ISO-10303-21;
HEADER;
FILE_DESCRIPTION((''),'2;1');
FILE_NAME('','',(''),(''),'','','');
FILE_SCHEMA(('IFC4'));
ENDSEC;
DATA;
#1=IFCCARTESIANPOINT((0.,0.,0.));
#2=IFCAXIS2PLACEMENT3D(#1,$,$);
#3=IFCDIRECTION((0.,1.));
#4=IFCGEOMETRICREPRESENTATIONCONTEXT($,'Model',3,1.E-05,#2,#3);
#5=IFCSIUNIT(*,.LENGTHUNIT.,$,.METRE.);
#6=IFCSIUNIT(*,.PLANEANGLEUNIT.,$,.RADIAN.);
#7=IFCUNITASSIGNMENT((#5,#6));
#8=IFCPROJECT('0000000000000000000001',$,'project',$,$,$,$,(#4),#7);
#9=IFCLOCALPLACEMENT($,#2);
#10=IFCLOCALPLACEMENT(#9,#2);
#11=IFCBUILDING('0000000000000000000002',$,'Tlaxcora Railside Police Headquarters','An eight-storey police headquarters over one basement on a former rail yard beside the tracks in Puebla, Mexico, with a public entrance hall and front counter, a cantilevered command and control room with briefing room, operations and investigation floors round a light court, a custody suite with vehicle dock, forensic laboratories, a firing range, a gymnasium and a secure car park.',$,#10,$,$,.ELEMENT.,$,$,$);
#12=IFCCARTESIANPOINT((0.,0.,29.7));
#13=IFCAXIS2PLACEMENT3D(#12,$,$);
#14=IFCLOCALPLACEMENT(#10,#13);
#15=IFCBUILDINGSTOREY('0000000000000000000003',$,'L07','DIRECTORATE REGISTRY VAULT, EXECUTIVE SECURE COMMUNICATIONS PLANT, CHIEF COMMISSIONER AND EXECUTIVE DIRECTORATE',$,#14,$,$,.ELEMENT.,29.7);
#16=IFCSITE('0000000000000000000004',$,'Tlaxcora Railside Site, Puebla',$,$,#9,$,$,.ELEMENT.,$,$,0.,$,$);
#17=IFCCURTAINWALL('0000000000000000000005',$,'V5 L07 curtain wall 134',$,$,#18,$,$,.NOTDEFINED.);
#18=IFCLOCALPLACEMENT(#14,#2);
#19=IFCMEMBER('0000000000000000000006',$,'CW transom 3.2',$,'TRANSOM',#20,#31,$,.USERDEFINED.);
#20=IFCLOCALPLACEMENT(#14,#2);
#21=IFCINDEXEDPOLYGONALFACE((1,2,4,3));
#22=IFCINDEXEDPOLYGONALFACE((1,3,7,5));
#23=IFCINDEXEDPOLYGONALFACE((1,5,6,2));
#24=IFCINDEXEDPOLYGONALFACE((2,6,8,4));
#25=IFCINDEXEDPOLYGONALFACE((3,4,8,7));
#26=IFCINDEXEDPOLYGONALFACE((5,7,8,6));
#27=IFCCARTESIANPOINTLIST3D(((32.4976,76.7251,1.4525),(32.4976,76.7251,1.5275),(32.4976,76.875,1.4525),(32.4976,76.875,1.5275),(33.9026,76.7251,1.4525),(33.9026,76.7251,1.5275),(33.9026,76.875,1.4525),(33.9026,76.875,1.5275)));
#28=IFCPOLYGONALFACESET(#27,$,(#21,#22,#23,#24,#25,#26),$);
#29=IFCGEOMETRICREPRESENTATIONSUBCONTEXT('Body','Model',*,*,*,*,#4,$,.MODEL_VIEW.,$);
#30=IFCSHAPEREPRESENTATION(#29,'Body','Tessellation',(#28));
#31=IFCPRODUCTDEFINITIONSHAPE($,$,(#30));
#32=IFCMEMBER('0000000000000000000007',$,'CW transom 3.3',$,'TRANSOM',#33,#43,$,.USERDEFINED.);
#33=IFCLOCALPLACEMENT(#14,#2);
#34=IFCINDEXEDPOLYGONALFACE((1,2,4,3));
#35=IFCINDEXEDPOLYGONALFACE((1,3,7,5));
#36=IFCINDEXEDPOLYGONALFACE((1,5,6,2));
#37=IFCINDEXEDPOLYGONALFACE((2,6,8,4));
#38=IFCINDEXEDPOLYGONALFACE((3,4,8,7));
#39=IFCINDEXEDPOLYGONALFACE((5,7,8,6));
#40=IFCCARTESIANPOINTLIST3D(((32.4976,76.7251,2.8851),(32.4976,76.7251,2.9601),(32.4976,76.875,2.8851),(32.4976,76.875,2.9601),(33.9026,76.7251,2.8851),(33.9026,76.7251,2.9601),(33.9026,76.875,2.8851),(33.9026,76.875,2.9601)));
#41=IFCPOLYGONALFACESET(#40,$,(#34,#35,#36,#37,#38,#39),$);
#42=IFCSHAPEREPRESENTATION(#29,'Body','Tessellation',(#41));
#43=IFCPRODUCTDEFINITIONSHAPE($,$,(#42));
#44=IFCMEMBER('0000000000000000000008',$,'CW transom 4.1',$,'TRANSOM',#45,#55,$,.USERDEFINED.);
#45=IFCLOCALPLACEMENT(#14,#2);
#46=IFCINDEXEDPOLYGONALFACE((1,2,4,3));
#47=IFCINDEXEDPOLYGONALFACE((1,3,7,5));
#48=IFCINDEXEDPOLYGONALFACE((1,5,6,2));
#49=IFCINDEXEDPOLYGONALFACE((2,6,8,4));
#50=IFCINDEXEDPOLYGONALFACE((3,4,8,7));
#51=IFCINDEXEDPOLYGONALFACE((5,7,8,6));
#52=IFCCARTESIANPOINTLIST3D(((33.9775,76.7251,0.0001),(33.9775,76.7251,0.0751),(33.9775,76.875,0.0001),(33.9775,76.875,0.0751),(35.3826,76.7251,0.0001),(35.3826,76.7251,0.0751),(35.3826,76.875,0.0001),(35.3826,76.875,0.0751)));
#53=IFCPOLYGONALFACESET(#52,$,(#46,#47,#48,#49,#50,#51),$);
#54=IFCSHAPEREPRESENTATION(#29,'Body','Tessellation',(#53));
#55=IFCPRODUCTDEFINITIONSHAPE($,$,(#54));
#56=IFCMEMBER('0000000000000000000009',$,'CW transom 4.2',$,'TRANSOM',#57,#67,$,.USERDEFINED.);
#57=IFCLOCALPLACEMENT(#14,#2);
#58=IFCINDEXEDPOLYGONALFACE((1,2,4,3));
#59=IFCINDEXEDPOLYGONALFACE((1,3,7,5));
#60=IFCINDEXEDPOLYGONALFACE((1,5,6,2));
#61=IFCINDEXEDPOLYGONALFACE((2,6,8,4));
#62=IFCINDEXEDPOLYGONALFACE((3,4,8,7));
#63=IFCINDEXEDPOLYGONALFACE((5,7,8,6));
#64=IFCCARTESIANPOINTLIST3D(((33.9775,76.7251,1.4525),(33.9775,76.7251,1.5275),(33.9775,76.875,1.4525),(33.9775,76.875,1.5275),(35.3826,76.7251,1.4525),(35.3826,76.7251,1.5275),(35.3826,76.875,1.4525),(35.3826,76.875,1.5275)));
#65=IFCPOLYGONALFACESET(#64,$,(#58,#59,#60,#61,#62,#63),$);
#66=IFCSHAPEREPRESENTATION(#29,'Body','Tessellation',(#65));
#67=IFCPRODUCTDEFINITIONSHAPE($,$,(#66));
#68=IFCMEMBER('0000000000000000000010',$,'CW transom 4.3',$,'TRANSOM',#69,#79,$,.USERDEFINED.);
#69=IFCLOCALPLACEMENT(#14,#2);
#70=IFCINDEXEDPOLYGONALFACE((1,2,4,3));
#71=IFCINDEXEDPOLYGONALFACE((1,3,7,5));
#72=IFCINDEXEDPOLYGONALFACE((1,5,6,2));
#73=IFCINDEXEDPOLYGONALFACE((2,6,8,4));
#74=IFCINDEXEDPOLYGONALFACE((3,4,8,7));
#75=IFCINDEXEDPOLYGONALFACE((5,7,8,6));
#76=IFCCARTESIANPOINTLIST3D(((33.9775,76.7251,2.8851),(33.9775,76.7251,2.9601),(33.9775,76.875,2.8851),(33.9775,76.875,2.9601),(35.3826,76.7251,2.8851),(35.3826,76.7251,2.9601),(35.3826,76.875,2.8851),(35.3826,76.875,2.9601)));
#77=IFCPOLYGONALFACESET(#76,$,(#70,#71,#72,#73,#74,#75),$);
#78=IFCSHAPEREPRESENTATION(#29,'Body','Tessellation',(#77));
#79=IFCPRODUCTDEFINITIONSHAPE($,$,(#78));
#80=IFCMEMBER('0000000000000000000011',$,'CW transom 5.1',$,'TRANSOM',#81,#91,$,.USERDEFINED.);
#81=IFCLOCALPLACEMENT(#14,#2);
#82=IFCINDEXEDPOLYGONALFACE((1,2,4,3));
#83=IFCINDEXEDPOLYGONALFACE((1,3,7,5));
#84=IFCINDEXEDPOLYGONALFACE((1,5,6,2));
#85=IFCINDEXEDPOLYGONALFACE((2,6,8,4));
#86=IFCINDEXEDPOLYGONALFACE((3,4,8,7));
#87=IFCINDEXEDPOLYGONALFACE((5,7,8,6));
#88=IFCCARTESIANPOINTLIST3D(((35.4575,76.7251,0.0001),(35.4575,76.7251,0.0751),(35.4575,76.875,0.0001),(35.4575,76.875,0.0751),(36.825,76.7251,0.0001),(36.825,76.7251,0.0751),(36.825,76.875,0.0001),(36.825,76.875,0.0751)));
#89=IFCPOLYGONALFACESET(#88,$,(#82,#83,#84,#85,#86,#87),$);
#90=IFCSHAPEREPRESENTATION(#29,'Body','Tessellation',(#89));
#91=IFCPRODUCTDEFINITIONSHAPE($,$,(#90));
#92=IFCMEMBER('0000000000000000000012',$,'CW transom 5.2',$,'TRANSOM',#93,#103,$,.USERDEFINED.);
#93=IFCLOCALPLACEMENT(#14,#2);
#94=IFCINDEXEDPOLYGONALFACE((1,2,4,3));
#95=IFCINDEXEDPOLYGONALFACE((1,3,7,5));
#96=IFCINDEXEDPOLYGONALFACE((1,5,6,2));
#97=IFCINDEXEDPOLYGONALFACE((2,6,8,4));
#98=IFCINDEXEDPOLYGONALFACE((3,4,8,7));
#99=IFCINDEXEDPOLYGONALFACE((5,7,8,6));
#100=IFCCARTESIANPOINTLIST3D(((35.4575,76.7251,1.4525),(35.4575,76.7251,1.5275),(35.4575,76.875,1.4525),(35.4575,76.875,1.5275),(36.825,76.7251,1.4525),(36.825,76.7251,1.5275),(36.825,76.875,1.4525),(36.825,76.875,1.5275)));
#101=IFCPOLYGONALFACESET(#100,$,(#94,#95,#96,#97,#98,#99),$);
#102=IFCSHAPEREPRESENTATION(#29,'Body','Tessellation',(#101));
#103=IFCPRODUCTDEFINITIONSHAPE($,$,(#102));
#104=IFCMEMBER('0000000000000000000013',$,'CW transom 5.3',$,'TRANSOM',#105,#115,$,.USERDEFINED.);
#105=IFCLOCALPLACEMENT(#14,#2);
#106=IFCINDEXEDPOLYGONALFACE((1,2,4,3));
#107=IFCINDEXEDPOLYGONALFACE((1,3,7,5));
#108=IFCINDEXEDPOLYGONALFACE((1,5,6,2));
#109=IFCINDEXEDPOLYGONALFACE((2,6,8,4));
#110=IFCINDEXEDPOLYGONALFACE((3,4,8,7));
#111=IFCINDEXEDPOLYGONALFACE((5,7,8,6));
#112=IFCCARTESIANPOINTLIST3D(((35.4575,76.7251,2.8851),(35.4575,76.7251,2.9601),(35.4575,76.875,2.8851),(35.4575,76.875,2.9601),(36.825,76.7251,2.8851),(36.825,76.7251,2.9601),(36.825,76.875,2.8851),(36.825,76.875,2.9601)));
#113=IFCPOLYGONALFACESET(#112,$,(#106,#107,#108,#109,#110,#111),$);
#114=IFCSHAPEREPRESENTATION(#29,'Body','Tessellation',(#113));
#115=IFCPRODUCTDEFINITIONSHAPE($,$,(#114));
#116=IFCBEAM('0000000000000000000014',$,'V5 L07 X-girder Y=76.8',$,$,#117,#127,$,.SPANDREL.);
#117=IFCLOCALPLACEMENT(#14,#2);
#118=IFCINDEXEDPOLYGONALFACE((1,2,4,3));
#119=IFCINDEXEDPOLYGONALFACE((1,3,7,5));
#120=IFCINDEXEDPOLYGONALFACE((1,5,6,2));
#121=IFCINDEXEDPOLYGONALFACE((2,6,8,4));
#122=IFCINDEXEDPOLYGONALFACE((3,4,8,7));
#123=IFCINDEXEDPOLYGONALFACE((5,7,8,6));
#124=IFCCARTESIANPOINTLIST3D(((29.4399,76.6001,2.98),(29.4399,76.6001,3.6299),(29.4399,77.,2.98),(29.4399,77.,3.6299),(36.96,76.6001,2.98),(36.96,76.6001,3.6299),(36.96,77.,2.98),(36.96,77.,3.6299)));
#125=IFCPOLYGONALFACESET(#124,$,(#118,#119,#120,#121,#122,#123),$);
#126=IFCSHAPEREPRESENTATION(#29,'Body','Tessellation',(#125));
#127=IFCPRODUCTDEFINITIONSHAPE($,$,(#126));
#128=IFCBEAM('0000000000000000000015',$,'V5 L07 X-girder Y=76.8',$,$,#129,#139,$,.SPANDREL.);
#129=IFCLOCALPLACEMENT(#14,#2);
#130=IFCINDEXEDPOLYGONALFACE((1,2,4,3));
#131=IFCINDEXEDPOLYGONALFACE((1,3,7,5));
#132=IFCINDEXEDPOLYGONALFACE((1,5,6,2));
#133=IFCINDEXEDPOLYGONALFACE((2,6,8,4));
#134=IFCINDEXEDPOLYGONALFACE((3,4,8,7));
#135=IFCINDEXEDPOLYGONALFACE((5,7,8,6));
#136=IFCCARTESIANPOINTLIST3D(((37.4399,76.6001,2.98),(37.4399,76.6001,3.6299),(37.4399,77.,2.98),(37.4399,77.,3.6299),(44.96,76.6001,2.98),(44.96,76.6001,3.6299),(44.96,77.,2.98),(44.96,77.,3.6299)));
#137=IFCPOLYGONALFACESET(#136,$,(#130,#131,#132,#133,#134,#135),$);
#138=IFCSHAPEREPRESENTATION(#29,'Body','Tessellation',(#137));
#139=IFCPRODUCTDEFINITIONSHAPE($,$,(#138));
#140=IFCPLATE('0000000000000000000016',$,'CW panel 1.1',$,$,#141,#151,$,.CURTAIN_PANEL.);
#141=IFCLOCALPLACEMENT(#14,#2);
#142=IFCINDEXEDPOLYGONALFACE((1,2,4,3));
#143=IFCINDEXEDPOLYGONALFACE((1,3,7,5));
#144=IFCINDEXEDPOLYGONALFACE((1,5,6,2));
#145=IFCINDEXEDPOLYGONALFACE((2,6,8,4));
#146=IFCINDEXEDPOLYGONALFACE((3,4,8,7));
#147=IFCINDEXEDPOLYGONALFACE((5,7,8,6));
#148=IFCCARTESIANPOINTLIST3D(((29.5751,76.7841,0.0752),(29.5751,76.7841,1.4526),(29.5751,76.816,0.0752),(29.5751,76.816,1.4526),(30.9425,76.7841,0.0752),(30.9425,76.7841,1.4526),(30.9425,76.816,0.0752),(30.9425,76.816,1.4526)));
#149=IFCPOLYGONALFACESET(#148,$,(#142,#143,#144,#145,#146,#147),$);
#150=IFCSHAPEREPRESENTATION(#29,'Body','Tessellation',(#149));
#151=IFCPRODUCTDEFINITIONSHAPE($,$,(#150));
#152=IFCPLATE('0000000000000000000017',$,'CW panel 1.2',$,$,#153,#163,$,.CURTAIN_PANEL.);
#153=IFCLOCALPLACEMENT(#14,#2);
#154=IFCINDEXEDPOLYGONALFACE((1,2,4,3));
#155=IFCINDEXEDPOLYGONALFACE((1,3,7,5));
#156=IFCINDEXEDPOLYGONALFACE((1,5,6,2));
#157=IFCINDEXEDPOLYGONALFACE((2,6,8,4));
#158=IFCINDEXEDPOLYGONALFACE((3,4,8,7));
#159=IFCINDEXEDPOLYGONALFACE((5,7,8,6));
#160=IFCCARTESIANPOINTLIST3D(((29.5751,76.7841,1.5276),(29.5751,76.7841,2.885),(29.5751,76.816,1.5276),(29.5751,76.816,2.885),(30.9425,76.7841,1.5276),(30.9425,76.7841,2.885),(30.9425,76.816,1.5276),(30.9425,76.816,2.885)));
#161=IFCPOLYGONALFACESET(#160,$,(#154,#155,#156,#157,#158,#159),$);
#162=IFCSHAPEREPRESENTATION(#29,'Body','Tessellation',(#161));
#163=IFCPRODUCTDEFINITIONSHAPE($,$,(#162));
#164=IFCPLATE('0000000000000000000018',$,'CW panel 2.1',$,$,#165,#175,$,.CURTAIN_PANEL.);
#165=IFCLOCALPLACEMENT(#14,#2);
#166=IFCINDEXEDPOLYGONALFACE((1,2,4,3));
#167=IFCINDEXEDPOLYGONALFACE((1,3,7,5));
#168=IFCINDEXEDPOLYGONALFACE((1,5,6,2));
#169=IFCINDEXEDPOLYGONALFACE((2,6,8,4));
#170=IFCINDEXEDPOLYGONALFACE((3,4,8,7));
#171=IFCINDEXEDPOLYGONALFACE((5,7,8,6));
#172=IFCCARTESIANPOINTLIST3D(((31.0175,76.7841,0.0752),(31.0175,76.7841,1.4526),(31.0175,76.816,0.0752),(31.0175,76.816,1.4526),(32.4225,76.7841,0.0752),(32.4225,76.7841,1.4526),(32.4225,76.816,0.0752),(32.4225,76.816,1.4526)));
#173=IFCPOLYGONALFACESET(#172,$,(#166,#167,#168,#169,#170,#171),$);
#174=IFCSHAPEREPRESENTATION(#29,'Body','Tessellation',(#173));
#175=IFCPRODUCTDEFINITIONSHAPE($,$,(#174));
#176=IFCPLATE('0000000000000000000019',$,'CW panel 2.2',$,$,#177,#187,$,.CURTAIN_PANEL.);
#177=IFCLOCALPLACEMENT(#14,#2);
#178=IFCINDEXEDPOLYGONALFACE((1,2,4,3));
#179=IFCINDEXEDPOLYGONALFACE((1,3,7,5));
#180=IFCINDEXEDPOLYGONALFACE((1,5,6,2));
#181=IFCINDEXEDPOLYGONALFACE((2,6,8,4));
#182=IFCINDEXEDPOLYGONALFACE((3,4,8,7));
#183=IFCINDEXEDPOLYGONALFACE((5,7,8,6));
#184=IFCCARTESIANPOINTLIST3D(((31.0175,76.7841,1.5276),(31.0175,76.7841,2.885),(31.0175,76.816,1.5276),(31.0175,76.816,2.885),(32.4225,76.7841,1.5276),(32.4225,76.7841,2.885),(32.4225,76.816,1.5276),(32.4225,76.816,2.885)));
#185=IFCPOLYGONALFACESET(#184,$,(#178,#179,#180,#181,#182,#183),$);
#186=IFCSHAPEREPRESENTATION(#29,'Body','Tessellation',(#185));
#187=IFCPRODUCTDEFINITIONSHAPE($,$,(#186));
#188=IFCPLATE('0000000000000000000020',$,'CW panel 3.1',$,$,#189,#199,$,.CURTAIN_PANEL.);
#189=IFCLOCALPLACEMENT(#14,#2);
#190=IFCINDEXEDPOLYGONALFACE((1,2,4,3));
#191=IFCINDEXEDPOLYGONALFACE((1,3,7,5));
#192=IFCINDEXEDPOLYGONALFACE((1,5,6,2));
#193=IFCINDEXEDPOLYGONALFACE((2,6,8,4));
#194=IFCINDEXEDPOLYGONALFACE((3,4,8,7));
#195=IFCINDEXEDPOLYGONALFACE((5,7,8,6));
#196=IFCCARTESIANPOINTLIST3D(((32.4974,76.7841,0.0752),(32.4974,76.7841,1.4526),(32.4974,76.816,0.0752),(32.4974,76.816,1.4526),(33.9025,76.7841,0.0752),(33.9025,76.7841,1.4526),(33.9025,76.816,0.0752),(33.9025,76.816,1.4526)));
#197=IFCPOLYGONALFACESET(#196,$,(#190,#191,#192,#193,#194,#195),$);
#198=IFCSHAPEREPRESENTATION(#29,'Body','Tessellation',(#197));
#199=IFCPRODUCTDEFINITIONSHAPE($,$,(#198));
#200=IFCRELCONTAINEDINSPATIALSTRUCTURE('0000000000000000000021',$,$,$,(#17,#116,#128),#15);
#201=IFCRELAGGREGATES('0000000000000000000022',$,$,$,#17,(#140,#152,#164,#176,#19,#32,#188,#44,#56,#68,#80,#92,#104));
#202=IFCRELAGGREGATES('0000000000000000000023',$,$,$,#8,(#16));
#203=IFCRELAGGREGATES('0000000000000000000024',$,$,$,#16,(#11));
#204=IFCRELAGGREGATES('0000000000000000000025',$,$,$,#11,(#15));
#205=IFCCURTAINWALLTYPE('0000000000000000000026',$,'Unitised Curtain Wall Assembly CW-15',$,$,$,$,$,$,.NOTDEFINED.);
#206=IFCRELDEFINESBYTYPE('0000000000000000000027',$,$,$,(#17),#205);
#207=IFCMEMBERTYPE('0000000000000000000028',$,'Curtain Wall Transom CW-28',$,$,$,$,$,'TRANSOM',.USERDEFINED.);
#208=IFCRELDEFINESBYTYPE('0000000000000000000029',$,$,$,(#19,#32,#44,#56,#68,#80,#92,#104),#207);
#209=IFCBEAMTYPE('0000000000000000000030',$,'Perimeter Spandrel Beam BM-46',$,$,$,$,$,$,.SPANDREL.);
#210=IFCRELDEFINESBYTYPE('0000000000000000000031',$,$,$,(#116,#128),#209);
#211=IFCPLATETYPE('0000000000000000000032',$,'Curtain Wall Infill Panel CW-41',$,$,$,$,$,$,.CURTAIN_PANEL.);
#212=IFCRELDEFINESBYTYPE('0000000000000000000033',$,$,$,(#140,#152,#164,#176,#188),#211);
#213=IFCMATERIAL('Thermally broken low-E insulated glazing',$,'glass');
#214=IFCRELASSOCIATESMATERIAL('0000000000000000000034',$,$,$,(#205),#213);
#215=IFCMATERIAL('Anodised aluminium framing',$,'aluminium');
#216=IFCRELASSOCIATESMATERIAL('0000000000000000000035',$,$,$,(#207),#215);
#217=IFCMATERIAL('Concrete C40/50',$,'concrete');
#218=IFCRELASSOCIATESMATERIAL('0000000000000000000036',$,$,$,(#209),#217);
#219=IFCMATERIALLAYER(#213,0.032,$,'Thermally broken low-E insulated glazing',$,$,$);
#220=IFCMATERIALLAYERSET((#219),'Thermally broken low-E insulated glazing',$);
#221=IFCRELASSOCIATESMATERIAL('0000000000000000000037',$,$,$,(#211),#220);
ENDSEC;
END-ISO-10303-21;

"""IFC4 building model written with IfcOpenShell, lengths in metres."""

from ifc_helpers import new_model, si_unit, direction, frame, origin, origin_2d, place, context, subcontext, project, spatial, rectangle, extrude, material, layer, layer_set, material_profile, profile_set, type_object, element, aggregate, save


model = new_model("IFC4")

# Units and contexts
model_context = context("Model", 3, precision=1e-05, world=origin(), true_north=direction((0.0, 1.0)))
body_context = subcontext(model_context, "Body", "Model", "MODEL_VIEW")
ifc_project = project(units=[si_unit("LENGTHUNIT", "METRE"), si_unit("PLANEANGLEUNIT", "RADIAN")], contexts=[model_context])

# Site, building, storey
site_placement = place(None, origin())
site = spatial("IfcSite", under=ifc_project, at=site_placement, Name="Tlaxcora Railside Site, Puebla", CompositionType="ELEMENT", RefElevation=0.0)
building_placement = place(site_placement, origin())
building = spatial("IfcBuilding", under=site, at=building_placement, Name="Tlaxcora Railside Police Headquarters", Description="An eight-storey police headquarters over one basement on a former rail yard beside the tracks in Puebla, Mexico, with a public entrance hall and front counter, a cantilevered command and control room with briefing room, operations and investigation floors round a light court, a custody suite with vehicle dock, forensic laboratories, a firing range, a gymnasium and a secure car park.", CompositionType="ELEMENT")
storey_placement = place(building_placement, frame((0.0, 0.0, 29.7)))
storey = spatial("IfcBuildingStorey", under=building, at=storey_placement, Name="L07", Description="DIRECTORATE REGISTRY VAULT, EXECUTIVE SECURE COMMUNICATIONS PLANT, CHIEF COMMISSIONER AND EXECUTIVE DIRECTORATE", CompositionType="ELEMENT", Elevation=29.7)

# Shared definitions
ifc_material_1 = material(Name="Concrete C40/50", Category="concrete")

# Curtain wall, members
ifc_material_2 = material(Name="Thermally broken low-E insulated glazing", Category="glass")
curtain_wall_type = type_object("IfcCurtainWallType", Name="Unitised Curtain Wall Assembly CW-15", PredefinedType="NOTDEFINED", material=ifc_material_2)
curtain_wall_placement = place(storey_placement, origin())
curtain_wall = element("IfcCurtainWall", 1, at=curtain_wall_placement, inside=storey, type_object=curtain_wall_type, Name="V5 L07 curtain wall 134", PredefinedType="NOTDEFINED")
ifc_material_3 = material(Name="Anodised aluminium framing", Category="aluminium")
ifc_material_profile_1 = material_profile(ifc_material_3, rectangle(XDim=0.1499, YDim=0.075, at=origin_2d()), Name="AL75X150")
ifc_profile_set_1 = profile_set([ifc_material_profile_1], Name="Anodised aluminium framing")
member_type_1 = type_object("IfcMemberType", Name="Curtain Wall Transom CW-28", ElementType="TRANSOM", PredefinedType="USERDEFINED", material=ifc_profile_set_1)
member_1_placement = place(storey_placement, frame((32.4976, 76.8, 1.49), z_axis=(1.0, 0.0, 0.0), x_axis=(0.0, 1.0, 0.0)))
member_1 = element("IfcMember", 2, at=member_1_placement, type_object=member_type_1, Name="CW transom 3.2", ObjectType="TRANSOM", PredefinedType="USERDEFINED", context=body_context, shape_type="SweptSolid", body=[
    extrude(rectangle(XDim=0.1499, YDim=0.075, at=origin_2d()), origin(), (0.0, 0.0, 1.0), 1.405),
])
member_2_placement = place(storey_placement, frame((32.4976, 76.8, 2.9226), z_axis=(1.0, 0.0, 0.0), x_axis=(0.0, 1.0, 0.0)))
member_2 = element("IfcMember", 3, at=member_2_placement, type_object=member_type_1, Name="CW transom 3.3", ObjectType="TRANSOM", PredefinedType="USERDEFINED", context=body_context, shape_type="SweptSolid", body=[
    extrude(rectangle(XDim=0.1499, YDim=0.075, at=origin_2d()), origin(), (0.0, 0.0, 1.0), 1.405),
])
member_3_placement = place(storey_placement, frame((33.9775, 76.8, 0.0376), z_axis=(1.0, 0.0, 0.0), x_axis=(0.0, 1.0, 0.0)))
member_3 = element("IfcMember", 4, at=member_3_placement, type_object=member_type_1, Name="CW transom 4.1", ObjectType="TRANSOM", PredefinedType="USERDEFINED", context=body_context, shape_type="SweptSolid", body=[
    extrude(rectangle(XDim=0.1499, YDim=0.075, at=origin_2d()), origin(), (0.0, 0.0, 1.0), 1.405),
])
member_4_placement = place(storey_placement, frame((33.9775, 76.8, 1.49), z_axis=(1.0, 0.0, 0.0), x_axis=(0.0, 1.0, 0.0)))
member_4 = element("IfcMember", 5, at=member_4_placement, type_object=member_type_1, Name="CW transom 4.2", ObjectType="TRANSOM", PredefinedType="USERDEFINED", context=body_context, shape_type="SweptSolid", body=[
    extrude(rectangle(XDim=0.1499, YDim=0.075, at=origin_2d()), origin(), (0.0, 0.0, 1.0), 1.405),
])
member_5_placement = place(storey_placement, frame((33.9775, 76.8, 2.9226), z_axis=(1.0, 0.0, 0.0), x_axis=(0.0, 1.0, 0.0)))
member_5 = element("IfcMember", 6, at=member_5_placement, type_object=member_type_1, Name="CW transom 4.3", ObjectType="TRANSOM", PredefinedType="USERDEFINED", context=body_context, shape_type="SweptSolid", body=[
    extrude(rectangle(XDim=0.1499, YDim=0.075, at=origin_2d()), origin(), (0.0, 0.0, 1.0), 1.405),
])
member_6_placement = place(storey_placement, frame((35.4575, 76.8, 0.0376), z_axis=(1.0, 0.0, 0.0), x_axis=(0.0, 1.0, 0.0)))
member_6 = element("IfcMember", 7, at=member_6_placement, type_object=member_type_1, Name="CW transom 5.1", ObjectType="TRANSOM", PredefinedType="USERDEFINED", context=body_context, shape_type="SweptSolid", body=[
    extrude(rectangle(XDim=0.1499, YDim=0.075, at=origin_2d()), origin(), (0.0, 0.0, 1.0), 1.3674),
])
member_7_placement = place(storey_placement, frame((35.4575, 76.8, 1.49), z_axis=(1.0, 0.0, 0.0), x_axis=(0.0, 1.0, 0.0)))
member_7 = element("IfcMember", 8, at=member_7_placement, type_object=member_type_1, Name="CW transom 5.2", ObjectType="TRANSOM", PredefinedType="USERDEFINED", context=body_context, shape_type="SweptSolid", body=[
    extrude(rectangle(XDim=0.1499, YDim=0.075, at=origin_2d()), origin(), (0.0, 0.0, 1.0), 1.3674),
])
member_8_placement = place(storey_placement, frame((35.4575, 76.8, 2.9226), z_axis=(1.0, 0.0, 0.0), x_axis=(0.0, 1.0, 0.0)))
member_8 = element("IfcMember", 9, at=member_8_placement, type_object=member_type_1, Name="CW transom 5.3", ObjectType="TRANSOM", PredefinedType="USERDEFINED", context=body_context, shape_type="SweptSolid", body=[
    extrude(rectangle(XDim=0.1499, YDim=0.075, at=origin_2d()), origin(), (0.0, 0.0, 1.0), 1.3674),
])

# Beams
ifc_material_profile_2 = material_profile(ifc_material_1, rectangle(XDim=0.3999, YDim=0.6499, at=origin_2d()), Name="RC400X650")
ifc_profile_set_2 = profile_set([ifc_material_profile_2], Name="Concrete C40/50")
beam_type = type_object("IfcBeamType", Name="Perimeter Spandrel Beam BM-46", PredefinedType="SPANDREL", material=ifc_profile_set_2)
for number, where, z_axis, x_axis, name in (
    (10, (29.4399, 76.8, 3.3049), (1.0, 0.0, 0.0), (0.0, 1.0, 0.0), "V5 L07 X-girder Y=76.8"),
    (11, (37.4399, 76.8, 3.3049), (1.0, 0.0, 0.0), (0.0, 1.0, 0.0), "V5 L07 X-girder Y=76.8"),
):
    element("IfcBeam", number, at=place(storey_placement, frame(where, z_axis=z_axis, x_axis=x_axis)), inside=storey, type_object=beam_type, Name=name, PredefinedType="SPANDREL", context=body_context, shape_type="SweptSolid", body=[
        extrude(rectangle(XDim=0.3999, YDim=0.6499, at=origin_2d()), origin(), (0.0, 0.0, 1.0), 7.52),
    ])

# Plates
ifc_layer = layer(ifc_material_2, 0.032, Name="Thermally broken low-E insulated glazing")
ifc_layer_set = layer_set([ifc_layer], Name="Thermally broken low-E insulated glazing")
plate_type = type_object("IfcPlateType", Name="Curtain Wall Infill Panel CW-41", PredefinedType="CURTAIN_PANEL", material=ifc_layer_set)
plate_1_placement = place(storey_placement, frame((30.2588, 76.8, 0.0752), z_axis=(0.0, 0.0, 1.0), x_axis=(1.0, 0.0, 0.0)))
plate_1 = element("IfcPlate", 12, at=plate_1_placement, type_object=plate_type, Name="CW panel 1.1", PredefinedType="CURTAIN_PANEL", context=body_context, shape_type="SweptSolid", body=[
    extrude(rectangle(XDim=1.3674, YDim=0.032, at=origin_2d()), origin(), (0.0, 0.0, 1.0), 1.3774),
])
plate_2_placement = place(storey_placement, frame((30.2588, 76.8, 1.5276), z_axis=(0.0, 0.0, 1.0), x_axis=(1.0, 0.0, 0.0)))
plate_2 = element("IfcPlate", 13, at=plate_2_placement, type_object=plate_type, Name="CW panel 1.2", PredefinedType="CURTAIN_PANEL", context=body_context, shape_type="SweptSolid", body=[
    extrude(rectangle(XDim=1.3674, YDim=0.032, at=origin_2d()), origin(), (0.0, 0.0, 1.0), 1.3574),
])
plate_3_placement = place(storey_placement, frame((31.72, 76.8, 0.0752), z_axis=(0.0, 0.0, 1.0), x_axis=(1.0, 0.0, 0.0)))
plate_3 = element("IfcPlate", 14, at=plate_3_placement, type_object=plate_type, Name="CW panel 2.1", PredefinedType="CURTAIN_PANEL", context=body_context, shape_type="SweptSolid", body=[
    extrude(rectangle(XDim=1.405, YDim=0.032, at=origin_2d()), origin(), (0.0, 0.0, 1.0), 1.3774),
])
plate_4_placement = place(storey_placement, frame((31.72, 76.8, 1.5276), z_axis=(0.0, 0.0, 1.0), x_axis=(1.0, 0.0, 0.0)))
plate_4 = element("IfcPlate", 15, at=plate_4_placement, type_object=plate_type, Name="CW panel 2.2", PredefinedType="CURTAIN_PANEL", context=body_context, shape_type="SweptSolid", body=[
    extrude(rectangle(XDim=1.405, YDim=0.032, at=origin_2d()), origin(), (0.0, 0.0, 1.0), 1.3574),
])
plate_5_placement = place(storey_placement, frame((33.2, 76.8, 0.0752), z_axis=(0.0, 0.0, 1.0), x_axis=(1.0, 0.0, 0.0)))
plate_5 = element("IfcPlate", 16, at=plate_5_placement, type_object=plate_type, Name="CW panel 3.1", PredefinedType="CURTAIN_PANEL", context=body_context, shape_type="SweptSolid", body=[
    extrude(rectangle(XDim=1.405, YDim=0.032, at=origin_2d()), origin(), (0.0, 0.0, 1.0), 1.3774),
])
aggregate(curtain_wall, [plate_1, plate_2, plate_3, plate_4, member_1, member_2, plate_5, member_3, member_4, member_5, member_6, member_7, member_8])

save(model, "model.ifc")
